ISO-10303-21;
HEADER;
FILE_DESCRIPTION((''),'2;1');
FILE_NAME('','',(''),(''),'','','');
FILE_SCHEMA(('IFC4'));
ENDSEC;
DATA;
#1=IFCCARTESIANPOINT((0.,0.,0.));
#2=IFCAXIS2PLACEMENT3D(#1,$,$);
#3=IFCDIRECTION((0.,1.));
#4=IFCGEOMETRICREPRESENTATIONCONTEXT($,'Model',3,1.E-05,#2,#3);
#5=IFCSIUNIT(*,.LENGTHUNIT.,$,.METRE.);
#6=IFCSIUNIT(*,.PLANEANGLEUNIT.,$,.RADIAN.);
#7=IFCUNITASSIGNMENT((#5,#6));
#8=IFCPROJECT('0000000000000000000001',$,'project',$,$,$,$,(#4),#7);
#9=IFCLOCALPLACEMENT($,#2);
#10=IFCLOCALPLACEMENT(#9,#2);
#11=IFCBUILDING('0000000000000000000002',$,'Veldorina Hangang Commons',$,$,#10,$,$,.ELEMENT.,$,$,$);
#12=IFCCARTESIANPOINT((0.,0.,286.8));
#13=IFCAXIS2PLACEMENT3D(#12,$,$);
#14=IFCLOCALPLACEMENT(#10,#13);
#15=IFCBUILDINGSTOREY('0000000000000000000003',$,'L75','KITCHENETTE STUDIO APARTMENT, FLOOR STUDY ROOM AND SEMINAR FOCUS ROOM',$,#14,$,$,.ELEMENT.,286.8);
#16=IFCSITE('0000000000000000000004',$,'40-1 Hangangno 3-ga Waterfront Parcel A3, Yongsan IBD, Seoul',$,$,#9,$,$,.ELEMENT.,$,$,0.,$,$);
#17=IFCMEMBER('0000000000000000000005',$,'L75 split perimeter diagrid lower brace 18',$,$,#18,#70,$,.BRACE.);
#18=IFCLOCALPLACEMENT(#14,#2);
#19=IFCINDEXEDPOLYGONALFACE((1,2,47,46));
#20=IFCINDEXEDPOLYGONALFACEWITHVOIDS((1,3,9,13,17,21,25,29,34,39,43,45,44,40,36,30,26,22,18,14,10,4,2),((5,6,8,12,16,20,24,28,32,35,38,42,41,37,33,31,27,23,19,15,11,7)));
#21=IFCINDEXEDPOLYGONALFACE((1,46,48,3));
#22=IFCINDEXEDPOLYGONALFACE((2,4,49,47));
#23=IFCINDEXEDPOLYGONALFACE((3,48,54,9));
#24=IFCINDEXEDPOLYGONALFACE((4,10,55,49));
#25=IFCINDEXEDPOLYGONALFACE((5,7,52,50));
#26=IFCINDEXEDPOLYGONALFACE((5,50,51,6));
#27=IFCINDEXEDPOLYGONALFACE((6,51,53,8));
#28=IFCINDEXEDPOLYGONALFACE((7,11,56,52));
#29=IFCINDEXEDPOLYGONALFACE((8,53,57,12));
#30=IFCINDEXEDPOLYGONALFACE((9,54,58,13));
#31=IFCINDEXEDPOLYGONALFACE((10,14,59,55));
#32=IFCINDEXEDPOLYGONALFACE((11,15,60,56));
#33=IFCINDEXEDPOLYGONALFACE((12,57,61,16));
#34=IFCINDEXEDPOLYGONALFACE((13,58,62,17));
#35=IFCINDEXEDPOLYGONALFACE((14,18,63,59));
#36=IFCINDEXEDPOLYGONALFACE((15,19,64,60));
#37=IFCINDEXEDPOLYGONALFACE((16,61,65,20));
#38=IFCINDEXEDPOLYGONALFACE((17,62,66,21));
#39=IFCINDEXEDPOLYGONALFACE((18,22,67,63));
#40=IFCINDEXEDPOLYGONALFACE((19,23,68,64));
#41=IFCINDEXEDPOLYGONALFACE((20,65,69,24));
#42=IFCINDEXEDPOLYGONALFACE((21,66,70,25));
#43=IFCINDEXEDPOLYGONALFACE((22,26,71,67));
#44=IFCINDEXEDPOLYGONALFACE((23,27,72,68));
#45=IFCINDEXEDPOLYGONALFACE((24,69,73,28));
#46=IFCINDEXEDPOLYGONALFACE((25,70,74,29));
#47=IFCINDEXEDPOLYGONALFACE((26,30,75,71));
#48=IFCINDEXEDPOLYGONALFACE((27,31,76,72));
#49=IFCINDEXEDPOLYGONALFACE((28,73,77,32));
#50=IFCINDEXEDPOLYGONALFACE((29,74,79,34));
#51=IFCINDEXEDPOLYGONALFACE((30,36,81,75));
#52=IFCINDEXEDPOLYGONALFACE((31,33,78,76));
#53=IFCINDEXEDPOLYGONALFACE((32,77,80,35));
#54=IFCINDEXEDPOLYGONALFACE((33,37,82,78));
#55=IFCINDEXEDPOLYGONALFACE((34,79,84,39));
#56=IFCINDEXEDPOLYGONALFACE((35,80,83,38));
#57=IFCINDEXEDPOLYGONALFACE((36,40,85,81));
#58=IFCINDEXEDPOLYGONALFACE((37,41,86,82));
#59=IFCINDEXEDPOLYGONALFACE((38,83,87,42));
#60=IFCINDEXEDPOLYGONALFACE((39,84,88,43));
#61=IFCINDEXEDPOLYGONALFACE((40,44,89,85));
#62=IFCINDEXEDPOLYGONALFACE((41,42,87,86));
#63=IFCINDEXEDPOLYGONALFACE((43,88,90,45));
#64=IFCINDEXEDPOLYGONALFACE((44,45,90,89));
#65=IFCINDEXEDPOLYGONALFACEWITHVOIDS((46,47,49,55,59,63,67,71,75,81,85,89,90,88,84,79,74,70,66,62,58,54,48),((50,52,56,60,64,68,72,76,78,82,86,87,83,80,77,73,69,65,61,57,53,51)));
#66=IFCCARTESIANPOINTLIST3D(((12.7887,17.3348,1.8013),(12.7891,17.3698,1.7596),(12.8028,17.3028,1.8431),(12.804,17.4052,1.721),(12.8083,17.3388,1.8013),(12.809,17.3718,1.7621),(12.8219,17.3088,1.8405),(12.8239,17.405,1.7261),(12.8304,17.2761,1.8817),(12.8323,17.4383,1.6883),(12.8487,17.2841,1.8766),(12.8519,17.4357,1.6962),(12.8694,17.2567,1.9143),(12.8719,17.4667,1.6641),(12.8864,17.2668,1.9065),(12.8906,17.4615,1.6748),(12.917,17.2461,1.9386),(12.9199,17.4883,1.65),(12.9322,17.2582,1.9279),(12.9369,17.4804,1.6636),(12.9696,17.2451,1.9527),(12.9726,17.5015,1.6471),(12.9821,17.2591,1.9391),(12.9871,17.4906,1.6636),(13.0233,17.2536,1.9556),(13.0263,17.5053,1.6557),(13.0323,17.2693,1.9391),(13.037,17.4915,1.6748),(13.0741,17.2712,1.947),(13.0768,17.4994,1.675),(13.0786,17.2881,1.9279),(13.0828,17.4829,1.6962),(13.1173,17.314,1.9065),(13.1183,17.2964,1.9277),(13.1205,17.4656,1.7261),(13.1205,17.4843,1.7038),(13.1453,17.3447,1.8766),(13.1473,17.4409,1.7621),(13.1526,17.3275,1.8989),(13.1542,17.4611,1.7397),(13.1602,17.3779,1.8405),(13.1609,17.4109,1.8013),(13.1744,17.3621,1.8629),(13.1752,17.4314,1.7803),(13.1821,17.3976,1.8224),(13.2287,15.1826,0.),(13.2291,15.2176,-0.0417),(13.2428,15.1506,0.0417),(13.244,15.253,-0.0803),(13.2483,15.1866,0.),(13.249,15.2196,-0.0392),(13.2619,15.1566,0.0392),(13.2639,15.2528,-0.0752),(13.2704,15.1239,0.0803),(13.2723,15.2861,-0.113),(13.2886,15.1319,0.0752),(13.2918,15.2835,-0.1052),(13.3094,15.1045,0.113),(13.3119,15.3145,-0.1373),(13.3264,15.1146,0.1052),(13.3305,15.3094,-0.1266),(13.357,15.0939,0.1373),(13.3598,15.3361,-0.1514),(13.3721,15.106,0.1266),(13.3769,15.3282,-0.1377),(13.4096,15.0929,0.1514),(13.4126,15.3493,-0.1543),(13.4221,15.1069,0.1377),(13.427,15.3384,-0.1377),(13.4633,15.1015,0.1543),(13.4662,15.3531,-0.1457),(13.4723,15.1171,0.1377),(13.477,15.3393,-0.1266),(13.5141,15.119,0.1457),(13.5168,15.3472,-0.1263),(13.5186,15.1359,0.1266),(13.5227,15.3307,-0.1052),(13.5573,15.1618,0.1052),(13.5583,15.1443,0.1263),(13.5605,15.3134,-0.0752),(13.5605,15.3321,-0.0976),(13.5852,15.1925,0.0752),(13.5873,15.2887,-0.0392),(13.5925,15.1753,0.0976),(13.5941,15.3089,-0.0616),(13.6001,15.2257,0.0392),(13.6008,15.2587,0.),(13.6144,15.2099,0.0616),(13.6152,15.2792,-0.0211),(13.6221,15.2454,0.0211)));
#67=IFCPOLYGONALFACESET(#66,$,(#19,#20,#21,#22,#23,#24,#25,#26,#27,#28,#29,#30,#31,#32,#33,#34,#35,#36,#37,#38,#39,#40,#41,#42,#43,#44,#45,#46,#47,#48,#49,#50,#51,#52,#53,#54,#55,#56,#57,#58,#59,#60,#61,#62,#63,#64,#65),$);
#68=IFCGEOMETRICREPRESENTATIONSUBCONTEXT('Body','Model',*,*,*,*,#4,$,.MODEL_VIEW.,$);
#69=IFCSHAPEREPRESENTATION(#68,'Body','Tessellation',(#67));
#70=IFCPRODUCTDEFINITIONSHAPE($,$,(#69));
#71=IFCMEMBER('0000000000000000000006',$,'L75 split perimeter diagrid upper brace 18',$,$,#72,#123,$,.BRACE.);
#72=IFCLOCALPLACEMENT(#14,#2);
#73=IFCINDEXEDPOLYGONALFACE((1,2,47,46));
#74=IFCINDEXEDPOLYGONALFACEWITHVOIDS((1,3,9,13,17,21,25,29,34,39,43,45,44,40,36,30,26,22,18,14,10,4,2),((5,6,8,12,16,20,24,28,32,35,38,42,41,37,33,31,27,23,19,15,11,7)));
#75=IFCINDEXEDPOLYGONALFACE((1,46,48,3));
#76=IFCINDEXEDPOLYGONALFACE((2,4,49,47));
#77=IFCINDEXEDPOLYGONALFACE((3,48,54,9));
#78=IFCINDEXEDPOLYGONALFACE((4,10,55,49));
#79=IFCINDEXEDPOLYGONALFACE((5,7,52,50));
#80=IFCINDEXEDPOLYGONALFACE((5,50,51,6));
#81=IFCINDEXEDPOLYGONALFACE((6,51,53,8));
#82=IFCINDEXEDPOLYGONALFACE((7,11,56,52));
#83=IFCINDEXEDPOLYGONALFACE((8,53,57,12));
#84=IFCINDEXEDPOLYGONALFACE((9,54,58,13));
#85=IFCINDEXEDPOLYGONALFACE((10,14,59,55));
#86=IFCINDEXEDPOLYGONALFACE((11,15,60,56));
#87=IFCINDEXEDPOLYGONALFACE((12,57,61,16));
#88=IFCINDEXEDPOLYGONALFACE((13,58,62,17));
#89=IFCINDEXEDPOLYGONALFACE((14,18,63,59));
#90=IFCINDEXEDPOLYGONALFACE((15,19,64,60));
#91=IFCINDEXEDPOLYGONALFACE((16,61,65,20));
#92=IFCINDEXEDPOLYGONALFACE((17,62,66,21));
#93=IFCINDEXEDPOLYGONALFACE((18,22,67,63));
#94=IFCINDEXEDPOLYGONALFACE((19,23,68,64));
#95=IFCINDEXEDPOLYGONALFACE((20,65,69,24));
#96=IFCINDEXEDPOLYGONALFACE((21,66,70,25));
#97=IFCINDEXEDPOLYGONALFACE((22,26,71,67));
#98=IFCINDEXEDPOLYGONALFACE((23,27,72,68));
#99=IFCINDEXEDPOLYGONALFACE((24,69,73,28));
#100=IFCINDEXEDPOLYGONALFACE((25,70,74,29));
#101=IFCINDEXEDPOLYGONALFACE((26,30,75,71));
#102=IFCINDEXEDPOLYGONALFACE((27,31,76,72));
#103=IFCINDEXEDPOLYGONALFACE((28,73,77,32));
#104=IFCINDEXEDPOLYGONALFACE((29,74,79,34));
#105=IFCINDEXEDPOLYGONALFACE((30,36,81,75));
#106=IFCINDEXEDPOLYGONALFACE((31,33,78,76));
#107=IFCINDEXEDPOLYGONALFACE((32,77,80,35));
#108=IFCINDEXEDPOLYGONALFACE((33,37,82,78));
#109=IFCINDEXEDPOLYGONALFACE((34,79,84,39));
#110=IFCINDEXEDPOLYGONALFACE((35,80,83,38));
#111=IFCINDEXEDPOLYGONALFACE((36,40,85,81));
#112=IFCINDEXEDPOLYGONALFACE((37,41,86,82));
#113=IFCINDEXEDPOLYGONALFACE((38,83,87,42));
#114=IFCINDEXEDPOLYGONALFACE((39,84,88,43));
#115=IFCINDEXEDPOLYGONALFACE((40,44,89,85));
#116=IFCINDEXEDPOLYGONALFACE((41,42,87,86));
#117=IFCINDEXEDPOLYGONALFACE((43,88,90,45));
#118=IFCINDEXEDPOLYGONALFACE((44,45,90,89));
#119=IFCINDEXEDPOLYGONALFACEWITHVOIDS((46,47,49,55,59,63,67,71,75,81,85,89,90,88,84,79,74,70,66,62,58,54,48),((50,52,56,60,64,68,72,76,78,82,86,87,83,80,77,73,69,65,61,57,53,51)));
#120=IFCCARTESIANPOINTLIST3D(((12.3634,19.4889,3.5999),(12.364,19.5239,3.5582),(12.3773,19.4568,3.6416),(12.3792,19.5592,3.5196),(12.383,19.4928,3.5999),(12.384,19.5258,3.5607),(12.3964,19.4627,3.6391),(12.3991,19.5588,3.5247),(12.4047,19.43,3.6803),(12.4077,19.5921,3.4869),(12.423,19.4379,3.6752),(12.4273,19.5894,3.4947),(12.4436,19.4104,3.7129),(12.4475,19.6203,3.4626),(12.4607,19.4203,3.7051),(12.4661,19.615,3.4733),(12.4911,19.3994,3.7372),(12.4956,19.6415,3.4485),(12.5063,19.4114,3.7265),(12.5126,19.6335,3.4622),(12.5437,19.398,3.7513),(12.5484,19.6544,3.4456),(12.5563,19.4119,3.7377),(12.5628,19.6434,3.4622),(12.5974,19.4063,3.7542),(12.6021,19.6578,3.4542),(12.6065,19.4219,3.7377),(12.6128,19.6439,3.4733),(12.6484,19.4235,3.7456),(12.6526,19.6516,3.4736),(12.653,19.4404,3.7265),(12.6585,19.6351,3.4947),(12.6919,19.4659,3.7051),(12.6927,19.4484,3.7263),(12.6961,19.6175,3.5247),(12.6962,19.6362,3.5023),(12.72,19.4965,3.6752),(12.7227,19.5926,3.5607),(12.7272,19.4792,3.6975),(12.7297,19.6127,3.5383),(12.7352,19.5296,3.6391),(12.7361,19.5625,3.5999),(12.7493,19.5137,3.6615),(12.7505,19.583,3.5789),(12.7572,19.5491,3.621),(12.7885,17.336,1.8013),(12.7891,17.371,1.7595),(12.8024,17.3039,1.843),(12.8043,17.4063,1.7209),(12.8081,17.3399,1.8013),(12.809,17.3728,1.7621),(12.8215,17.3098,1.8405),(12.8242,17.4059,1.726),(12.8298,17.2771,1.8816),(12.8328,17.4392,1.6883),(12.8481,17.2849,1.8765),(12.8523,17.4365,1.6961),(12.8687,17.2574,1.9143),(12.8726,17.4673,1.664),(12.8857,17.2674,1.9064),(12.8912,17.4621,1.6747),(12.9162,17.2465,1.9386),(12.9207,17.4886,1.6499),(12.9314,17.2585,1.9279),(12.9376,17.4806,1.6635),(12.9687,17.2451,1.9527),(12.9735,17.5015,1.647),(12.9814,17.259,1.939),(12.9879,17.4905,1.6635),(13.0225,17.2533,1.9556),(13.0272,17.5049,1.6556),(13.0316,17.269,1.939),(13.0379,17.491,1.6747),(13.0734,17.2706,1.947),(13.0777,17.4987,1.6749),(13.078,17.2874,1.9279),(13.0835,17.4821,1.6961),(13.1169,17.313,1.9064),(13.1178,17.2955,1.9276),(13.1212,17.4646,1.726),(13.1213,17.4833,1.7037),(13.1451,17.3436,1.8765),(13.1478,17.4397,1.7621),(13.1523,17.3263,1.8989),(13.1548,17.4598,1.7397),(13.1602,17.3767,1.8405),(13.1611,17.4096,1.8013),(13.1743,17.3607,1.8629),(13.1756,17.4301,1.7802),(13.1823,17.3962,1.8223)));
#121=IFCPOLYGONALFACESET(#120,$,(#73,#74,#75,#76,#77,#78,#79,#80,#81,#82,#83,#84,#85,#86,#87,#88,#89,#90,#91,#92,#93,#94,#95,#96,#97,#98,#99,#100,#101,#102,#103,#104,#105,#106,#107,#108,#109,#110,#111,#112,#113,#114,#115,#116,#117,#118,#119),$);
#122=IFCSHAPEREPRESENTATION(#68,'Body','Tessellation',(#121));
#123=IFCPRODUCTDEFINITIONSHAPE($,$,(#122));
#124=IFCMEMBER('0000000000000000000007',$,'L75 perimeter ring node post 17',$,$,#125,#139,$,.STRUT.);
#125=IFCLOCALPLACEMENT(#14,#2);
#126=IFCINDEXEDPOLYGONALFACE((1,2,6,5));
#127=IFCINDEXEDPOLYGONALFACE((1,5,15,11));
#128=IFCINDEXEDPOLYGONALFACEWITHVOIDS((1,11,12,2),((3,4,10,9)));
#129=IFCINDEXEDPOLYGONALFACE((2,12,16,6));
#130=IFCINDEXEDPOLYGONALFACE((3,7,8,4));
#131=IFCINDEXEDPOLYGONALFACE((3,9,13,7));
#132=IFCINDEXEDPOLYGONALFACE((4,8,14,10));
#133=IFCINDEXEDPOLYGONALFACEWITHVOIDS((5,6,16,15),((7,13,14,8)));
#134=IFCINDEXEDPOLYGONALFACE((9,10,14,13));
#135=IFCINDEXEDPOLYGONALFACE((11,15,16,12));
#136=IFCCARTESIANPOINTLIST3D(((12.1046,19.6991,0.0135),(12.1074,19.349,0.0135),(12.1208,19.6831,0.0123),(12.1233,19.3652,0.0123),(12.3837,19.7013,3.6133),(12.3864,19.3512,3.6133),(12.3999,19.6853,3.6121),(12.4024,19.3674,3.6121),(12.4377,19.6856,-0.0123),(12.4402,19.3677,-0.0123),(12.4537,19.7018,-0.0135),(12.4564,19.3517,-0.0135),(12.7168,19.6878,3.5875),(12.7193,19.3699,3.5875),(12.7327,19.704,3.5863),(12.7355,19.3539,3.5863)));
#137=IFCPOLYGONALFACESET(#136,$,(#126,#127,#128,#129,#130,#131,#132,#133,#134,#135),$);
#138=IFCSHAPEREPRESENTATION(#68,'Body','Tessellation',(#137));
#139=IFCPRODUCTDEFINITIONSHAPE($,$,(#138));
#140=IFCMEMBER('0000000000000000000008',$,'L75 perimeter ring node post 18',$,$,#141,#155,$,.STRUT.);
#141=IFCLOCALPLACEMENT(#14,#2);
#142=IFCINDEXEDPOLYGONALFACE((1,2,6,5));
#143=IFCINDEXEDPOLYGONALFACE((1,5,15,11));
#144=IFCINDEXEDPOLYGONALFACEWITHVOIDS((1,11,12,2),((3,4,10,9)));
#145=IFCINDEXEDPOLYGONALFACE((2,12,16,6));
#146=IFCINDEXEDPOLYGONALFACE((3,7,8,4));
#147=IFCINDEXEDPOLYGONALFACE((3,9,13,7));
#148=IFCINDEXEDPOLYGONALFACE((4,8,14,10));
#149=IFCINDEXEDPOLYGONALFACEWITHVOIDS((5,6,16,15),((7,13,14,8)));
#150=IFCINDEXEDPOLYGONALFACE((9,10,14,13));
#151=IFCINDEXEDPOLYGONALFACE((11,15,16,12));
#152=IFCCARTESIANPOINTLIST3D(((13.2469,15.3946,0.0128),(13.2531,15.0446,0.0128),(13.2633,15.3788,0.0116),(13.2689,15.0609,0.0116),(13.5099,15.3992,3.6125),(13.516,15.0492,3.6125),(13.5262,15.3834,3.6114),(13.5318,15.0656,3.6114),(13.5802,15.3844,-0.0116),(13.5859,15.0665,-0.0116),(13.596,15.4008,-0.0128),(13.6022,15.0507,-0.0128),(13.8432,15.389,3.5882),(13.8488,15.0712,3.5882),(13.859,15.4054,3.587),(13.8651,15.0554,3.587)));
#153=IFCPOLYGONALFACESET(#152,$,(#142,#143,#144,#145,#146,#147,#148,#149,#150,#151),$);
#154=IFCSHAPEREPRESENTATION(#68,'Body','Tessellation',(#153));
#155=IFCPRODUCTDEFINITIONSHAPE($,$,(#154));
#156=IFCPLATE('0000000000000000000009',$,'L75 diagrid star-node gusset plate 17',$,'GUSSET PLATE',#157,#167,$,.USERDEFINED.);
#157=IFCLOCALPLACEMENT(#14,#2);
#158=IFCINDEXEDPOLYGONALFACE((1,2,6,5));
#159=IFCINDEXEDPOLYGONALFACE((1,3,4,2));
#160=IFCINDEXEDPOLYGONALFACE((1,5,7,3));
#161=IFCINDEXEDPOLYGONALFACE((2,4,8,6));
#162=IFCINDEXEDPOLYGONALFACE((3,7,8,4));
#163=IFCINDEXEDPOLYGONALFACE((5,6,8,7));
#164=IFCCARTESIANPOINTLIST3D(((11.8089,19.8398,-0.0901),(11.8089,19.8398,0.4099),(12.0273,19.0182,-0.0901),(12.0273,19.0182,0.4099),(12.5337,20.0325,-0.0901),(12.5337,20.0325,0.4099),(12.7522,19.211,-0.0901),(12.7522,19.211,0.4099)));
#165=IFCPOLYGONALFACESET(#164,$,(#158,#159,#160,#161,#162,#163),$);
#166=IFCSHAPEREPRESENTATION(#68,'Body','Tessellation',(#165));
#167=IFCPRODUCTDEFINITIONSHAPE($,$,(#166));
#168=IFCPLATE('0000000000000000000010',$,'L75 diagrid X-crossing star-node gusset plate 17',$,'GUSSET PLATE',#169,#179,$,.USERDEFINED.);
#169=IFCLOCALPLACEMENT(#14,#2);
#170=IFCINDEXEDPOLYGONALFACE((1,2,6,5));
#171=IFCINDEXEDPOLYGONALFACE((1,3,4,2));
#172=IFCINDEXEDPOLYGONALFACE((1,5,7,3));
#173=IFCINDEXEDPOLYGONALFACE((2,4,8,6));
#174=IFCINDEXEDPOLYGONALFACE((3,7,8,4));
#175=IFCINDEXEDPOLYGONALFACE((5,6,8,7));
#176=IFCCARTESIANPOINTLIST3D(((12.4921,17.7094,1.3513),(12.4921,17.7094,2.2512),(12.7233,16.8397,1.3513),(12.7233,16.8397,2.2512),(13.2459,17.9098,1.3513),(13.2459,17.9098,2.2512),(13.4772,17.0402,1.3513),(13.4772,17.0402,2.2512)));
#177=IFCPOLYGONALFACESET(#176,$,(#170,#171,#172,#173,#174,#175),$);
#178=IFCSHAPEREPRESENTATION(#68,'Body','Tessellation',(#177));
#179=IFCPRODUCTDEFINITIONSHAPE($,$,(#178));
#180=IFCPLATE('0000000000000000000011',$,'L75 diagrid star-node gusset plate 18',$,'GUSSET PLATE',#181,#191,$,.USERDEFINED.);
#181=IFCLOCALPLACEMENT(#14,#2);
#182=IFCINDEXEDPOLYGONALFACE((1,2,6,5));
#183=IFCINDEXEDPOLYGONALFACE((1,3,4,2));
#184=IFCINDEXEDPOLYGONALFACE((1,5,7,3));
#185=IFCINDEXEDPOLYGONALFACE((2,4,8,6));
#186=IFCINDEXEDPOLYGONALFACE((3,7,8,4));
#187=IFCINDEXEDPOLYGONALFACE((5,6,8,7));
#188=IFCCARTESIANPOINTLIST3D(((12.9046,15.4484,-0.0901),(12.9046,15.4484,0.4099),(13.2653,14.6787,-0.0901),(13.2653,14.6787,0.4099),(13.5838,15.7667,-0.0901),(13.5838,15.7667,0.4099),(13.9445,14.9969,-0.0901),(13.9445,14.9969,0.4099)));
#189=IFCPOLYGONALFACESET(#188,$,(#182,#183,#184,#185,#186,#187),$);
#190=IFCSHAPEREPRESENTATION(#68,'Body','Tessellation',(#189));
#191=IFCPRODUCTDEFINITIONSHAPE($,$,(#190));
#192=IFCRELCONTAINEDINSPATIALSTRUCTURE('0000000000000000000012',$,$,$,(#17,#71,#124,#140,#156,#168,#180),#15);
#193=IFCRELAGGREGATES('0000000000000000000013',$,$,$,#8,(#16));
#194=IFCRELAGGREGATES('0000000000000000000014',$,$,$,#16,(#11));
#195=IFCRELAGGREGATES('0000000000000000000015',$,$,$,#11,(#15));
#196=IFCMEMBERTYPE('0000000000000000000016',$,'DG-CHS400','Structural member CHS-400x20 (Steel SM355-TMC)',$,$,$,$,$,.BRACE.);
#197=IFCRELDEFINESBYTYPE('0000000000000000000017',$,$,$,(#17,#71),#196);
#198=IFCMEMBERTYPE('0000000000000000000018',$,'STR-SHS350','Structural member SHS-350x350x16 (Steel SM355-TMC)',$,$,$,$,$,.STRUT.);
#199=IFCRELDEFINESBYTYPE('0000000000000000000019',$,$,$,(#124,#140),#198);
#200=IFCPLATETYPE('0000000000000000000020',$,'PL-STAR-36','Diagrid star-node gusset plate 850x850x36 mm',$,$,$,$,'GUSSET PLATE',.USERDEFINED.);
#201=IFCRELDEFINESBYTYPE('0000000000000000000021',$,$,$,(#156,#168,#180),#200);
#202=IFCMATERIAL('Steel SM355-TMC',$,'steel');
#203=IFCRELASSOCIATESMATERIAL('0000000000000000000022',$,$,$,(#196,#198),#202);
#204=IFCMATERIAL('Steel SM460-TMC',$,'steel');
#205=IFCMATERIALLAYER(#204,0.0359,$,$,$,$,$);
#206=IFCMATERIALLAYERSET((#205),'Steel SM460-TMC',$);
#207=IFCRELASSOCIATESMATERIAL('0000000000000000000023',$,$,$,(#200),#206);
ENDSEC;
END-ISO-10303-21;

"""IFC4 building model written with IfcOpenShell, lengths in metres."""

from ifc_helpers import new_model, si_unit, direction, frame, origin, origin_2d, place, context, subcontext, project, spatial, rectangle, hollow_rectangle, hollow_circle, extrude, material, layer, layer_set, material_profile, profile_set, type_object, element, save


model = new_model("IFC4")

# Units and contexts
model_context = context("Model", 3, precision=1e-05, world=origin(), true_north=direction((0.0, 1.0)))
body_context = subcontext(model_context, "Body", "Model", "MODEL_VIEW")
ifc_project = project(units=[si_unit("LENGTHUNIT", "METRE"), si_unit("PLANEANGLEUNIT", "RADIAN")], contexts=[model_context])

# Site, building, storey
site_placement = place(None, origin())
site = spatial("IfcSite", under=ifc_project, at=site_placement, Name="40-1 Hangangno 3-ga Waterfront Parcel A3, Yongsan IBD, Seoul", CompositionType="ELEMENT", RefElevation=0.0)
building_placement = place(site_placement, origin())
building = spatial("IfcBuilding", under=site, at=building_placement, Name="Veldorina Hangang Commons", CompositionType="ELEMENT")
storey_placement = place(building_placement, frame((0.0, 0.0, 286.8)))
storey = spatial("IfcBuildingStorey", under=building, at=storey_placement, Name="L75", Description="KITCHENETTE STUDIO APARTMENT, FLOOR STUDY ROOM AND SEMINAR FOCUS ROOM", CompositionType="ELEMENT", Elevation=286.8)

# Shared definitions
ifc_material_1 = material(Name="Steel SM355-TMC", Category="steel")

# Members
ifc_material_profile_1 = material_profile(ifc_material_1, hollow_circle(Radius=0.2, WallThickness=0.02, at=origin_2d()), Name="CHS-400x20")
ifc_profile_set_1 = profile_set([ifc_material_profile_1], Name="Steel SM355-TMC")
member_type_1 = type_object("IfcMemberType", Name="DG-CHS400", Description="Structural member CHS-400x20 (Steel SM355-TMC)", PredefinedType="BRACE", material=ifc_profile_set_1)
member_1_placement = place(storey_placement, frame((13.4246, 15.2227, 0.0), z_axis=(-0.15487, 0.757591, 0.634091), x_axis=(-0.979738, -0.200282, 0.0)))
element("IfcMember", 1, at=member_1_placement, inside=storey, type_object=member_type_1, Name="L75 split perimeter diagrid lower brace 18", PredefinedType="BRACE", context=body_context, shape_type="SweptSolid", body=[
    extrude(hollow_circle(Radius=0.2, WallThickness=0.02, at=origin_2d()), origin(), (0.0, 0.0, 1.0), 2.8408),
])
member_2_placement = place(storey_placement, frame((12.9846, 17.3748, 1.8013), z_axis=(-0.149808, 0.758761, 0.633907), x_axis=(-0.981061, -0.193698, 0.0)))
element("IfcMember", 2, at=member_2_placement, inside=storey, type_object=member_type_1, Name="L75 split perimeter diagrid upper brace 18", PredefinedType="BRACE", context=body_context, shape_type="SweptSolid", body=[
    extrude(hollow_circle(Radius=0.2, WallThickness=0.02, at=origin_2d()), origin(), (0.0, 0.0, 1.0), 2.8374),
])
ifc_material_profile_2 = material_profile(ifc_material_1, hollow_rectangle(XDim=0.3501, YDim=0.3501, WallThickness=0.0161, at=origin_2d()), Name="SHS-350x350x16")
ifc_profile_set_2 = profile_set([ifc_material_profile_2], Name="Steel SM355-TMC")
member_type_2 = type_object("IfcMemberType", Name="STR-SHS350", Description="Structural member SHS-350x350x16 (Steel SM355-TMC)", PredefinedType="STRUT", material=ifc_profile_set_2)
member_3_placement = place(storey_placement, frame((12.2805, 19.5254, 0.0), z_axis=(0.077286, 0.000609, 0.997009), x_axis=(-0.007874, 0.999969, 0.0)))
element("IfcMember", 3, at=member_3_placement, inside=storey, type_object=member_type_2, Name="L75 perimeter ring node post 17", PredefinedType="STRUT", context=body_context, shape_type="SweptSolid", body=[
    extrude(hollow_rectangle(XDim=0.3501, YDim=0.3501, WallThickness=0.0161, at=origin_2d()), origin(), (0.0, 0.0, 1.0), 3.6106),
])
member_4_placement = place(storey_placement, frame((13.4246, 15.2227, 0.0), z_axis=(0.072848, 0.001285, 0.997342), x_axis=(-0.017639, 0.999844, 0.0)))
element("IfcMember", 4, at=member_4_placement, inside=storey, type_object=member_type_2, Name="L75 perimeter ring node post 18", PredefinedType="STRUT", context=body_context, shape_type="SweptSolid", body=[
    extrude(hollow_rectangle(XDim=0.3501, YDim=0.3501, WallThickness=0.0161, at=origin_2d()), origin(), (0.0, 0.0, 1.0), 3.6094),
])

# Plates
ifc_material_2 = material(Name="Steel SM460-TMC", Category="steel")
ifc_layer_1 = layer(ifc_material_2, 0.0359)
ifc_layer_set_1 = layer_set([ifc_layer_1], Name="Steel SM460-TMC")
plate_type = type_object("IfcPlateType", Name="PL-STAR-36", Description="Diagrid star-node gusset plate 850x850x36 mm", ElementType="GUSSET PLATE", PredefinedType="USERDEFINED", material=ifc_layer_set_1)
plate_1_placement = place(storey_placement, frame((12.2805, 19.5254, -0.0901), z_axis=(0.0, 0.0, 1.0), x_axis=(0.256998, -0.966412, 0.0)))
element("IfcPlate", 5, at=plate_1_placement, inside=storey, type_object=plate_type, Name="L75 diagrid star-node gusset plate 17", ObjectType="GUSSET PLATE", PredefinedType="USERDEFINED", context=body_context, shape_type="SweptSolid", body=[
    extrude(rectangle(XDim=0.8501, YDim=0.75, at=origin_2d()), origin(), (0.0, 0.0, 1.0), 0.5),
])
plate_2_placement = place(storey_placement, frame((12.9846, 17.3748, 1.3513), z_axis=(0.0, 0.0, 1.0), x_axis=(0.256998, -0.966412, 0.0)))
element("IfcPlate", 6, at=plate_2_placement, inside=storey, type_object=plate_type, Name="L75 diagrid X-crossing star-node gusset plate 17", ObjectType="GUSSET PLATE", PredefinedType="USERDEFINED", context=body_context, shape_type="SweptSolid", body=[
    extrude(rectangle(XDim=0.8999, YDim=0.78, at=origin_2d()), origin(), (0.0, 0.0, 1.0), 0.8999),
])
plate_3_placement = place(storey_placement, frame((13.4246, 15.2227, -0.0901), z_axis=(0.0, 0.0, 1.0), x_axis=(0.424294, -0.905524, 0.0)))
element("IfcPlate", 7, at=plate_3_placement, inside=storey, type_object=plate_type, Name="L75 diagrid star-node gusset plate 18", ObjectType="GUSSET PLATE", PredefinedType="USERDEFINED", context=body_context, shape_type="SweptSolid", body=[
    extrude(rectangle(XDim=0.8501, YDim=0.75, at=origin_2d()), origin(), (0.0, 0.0, 1.0), 0.5),
])

save(model, "model.ifc")
